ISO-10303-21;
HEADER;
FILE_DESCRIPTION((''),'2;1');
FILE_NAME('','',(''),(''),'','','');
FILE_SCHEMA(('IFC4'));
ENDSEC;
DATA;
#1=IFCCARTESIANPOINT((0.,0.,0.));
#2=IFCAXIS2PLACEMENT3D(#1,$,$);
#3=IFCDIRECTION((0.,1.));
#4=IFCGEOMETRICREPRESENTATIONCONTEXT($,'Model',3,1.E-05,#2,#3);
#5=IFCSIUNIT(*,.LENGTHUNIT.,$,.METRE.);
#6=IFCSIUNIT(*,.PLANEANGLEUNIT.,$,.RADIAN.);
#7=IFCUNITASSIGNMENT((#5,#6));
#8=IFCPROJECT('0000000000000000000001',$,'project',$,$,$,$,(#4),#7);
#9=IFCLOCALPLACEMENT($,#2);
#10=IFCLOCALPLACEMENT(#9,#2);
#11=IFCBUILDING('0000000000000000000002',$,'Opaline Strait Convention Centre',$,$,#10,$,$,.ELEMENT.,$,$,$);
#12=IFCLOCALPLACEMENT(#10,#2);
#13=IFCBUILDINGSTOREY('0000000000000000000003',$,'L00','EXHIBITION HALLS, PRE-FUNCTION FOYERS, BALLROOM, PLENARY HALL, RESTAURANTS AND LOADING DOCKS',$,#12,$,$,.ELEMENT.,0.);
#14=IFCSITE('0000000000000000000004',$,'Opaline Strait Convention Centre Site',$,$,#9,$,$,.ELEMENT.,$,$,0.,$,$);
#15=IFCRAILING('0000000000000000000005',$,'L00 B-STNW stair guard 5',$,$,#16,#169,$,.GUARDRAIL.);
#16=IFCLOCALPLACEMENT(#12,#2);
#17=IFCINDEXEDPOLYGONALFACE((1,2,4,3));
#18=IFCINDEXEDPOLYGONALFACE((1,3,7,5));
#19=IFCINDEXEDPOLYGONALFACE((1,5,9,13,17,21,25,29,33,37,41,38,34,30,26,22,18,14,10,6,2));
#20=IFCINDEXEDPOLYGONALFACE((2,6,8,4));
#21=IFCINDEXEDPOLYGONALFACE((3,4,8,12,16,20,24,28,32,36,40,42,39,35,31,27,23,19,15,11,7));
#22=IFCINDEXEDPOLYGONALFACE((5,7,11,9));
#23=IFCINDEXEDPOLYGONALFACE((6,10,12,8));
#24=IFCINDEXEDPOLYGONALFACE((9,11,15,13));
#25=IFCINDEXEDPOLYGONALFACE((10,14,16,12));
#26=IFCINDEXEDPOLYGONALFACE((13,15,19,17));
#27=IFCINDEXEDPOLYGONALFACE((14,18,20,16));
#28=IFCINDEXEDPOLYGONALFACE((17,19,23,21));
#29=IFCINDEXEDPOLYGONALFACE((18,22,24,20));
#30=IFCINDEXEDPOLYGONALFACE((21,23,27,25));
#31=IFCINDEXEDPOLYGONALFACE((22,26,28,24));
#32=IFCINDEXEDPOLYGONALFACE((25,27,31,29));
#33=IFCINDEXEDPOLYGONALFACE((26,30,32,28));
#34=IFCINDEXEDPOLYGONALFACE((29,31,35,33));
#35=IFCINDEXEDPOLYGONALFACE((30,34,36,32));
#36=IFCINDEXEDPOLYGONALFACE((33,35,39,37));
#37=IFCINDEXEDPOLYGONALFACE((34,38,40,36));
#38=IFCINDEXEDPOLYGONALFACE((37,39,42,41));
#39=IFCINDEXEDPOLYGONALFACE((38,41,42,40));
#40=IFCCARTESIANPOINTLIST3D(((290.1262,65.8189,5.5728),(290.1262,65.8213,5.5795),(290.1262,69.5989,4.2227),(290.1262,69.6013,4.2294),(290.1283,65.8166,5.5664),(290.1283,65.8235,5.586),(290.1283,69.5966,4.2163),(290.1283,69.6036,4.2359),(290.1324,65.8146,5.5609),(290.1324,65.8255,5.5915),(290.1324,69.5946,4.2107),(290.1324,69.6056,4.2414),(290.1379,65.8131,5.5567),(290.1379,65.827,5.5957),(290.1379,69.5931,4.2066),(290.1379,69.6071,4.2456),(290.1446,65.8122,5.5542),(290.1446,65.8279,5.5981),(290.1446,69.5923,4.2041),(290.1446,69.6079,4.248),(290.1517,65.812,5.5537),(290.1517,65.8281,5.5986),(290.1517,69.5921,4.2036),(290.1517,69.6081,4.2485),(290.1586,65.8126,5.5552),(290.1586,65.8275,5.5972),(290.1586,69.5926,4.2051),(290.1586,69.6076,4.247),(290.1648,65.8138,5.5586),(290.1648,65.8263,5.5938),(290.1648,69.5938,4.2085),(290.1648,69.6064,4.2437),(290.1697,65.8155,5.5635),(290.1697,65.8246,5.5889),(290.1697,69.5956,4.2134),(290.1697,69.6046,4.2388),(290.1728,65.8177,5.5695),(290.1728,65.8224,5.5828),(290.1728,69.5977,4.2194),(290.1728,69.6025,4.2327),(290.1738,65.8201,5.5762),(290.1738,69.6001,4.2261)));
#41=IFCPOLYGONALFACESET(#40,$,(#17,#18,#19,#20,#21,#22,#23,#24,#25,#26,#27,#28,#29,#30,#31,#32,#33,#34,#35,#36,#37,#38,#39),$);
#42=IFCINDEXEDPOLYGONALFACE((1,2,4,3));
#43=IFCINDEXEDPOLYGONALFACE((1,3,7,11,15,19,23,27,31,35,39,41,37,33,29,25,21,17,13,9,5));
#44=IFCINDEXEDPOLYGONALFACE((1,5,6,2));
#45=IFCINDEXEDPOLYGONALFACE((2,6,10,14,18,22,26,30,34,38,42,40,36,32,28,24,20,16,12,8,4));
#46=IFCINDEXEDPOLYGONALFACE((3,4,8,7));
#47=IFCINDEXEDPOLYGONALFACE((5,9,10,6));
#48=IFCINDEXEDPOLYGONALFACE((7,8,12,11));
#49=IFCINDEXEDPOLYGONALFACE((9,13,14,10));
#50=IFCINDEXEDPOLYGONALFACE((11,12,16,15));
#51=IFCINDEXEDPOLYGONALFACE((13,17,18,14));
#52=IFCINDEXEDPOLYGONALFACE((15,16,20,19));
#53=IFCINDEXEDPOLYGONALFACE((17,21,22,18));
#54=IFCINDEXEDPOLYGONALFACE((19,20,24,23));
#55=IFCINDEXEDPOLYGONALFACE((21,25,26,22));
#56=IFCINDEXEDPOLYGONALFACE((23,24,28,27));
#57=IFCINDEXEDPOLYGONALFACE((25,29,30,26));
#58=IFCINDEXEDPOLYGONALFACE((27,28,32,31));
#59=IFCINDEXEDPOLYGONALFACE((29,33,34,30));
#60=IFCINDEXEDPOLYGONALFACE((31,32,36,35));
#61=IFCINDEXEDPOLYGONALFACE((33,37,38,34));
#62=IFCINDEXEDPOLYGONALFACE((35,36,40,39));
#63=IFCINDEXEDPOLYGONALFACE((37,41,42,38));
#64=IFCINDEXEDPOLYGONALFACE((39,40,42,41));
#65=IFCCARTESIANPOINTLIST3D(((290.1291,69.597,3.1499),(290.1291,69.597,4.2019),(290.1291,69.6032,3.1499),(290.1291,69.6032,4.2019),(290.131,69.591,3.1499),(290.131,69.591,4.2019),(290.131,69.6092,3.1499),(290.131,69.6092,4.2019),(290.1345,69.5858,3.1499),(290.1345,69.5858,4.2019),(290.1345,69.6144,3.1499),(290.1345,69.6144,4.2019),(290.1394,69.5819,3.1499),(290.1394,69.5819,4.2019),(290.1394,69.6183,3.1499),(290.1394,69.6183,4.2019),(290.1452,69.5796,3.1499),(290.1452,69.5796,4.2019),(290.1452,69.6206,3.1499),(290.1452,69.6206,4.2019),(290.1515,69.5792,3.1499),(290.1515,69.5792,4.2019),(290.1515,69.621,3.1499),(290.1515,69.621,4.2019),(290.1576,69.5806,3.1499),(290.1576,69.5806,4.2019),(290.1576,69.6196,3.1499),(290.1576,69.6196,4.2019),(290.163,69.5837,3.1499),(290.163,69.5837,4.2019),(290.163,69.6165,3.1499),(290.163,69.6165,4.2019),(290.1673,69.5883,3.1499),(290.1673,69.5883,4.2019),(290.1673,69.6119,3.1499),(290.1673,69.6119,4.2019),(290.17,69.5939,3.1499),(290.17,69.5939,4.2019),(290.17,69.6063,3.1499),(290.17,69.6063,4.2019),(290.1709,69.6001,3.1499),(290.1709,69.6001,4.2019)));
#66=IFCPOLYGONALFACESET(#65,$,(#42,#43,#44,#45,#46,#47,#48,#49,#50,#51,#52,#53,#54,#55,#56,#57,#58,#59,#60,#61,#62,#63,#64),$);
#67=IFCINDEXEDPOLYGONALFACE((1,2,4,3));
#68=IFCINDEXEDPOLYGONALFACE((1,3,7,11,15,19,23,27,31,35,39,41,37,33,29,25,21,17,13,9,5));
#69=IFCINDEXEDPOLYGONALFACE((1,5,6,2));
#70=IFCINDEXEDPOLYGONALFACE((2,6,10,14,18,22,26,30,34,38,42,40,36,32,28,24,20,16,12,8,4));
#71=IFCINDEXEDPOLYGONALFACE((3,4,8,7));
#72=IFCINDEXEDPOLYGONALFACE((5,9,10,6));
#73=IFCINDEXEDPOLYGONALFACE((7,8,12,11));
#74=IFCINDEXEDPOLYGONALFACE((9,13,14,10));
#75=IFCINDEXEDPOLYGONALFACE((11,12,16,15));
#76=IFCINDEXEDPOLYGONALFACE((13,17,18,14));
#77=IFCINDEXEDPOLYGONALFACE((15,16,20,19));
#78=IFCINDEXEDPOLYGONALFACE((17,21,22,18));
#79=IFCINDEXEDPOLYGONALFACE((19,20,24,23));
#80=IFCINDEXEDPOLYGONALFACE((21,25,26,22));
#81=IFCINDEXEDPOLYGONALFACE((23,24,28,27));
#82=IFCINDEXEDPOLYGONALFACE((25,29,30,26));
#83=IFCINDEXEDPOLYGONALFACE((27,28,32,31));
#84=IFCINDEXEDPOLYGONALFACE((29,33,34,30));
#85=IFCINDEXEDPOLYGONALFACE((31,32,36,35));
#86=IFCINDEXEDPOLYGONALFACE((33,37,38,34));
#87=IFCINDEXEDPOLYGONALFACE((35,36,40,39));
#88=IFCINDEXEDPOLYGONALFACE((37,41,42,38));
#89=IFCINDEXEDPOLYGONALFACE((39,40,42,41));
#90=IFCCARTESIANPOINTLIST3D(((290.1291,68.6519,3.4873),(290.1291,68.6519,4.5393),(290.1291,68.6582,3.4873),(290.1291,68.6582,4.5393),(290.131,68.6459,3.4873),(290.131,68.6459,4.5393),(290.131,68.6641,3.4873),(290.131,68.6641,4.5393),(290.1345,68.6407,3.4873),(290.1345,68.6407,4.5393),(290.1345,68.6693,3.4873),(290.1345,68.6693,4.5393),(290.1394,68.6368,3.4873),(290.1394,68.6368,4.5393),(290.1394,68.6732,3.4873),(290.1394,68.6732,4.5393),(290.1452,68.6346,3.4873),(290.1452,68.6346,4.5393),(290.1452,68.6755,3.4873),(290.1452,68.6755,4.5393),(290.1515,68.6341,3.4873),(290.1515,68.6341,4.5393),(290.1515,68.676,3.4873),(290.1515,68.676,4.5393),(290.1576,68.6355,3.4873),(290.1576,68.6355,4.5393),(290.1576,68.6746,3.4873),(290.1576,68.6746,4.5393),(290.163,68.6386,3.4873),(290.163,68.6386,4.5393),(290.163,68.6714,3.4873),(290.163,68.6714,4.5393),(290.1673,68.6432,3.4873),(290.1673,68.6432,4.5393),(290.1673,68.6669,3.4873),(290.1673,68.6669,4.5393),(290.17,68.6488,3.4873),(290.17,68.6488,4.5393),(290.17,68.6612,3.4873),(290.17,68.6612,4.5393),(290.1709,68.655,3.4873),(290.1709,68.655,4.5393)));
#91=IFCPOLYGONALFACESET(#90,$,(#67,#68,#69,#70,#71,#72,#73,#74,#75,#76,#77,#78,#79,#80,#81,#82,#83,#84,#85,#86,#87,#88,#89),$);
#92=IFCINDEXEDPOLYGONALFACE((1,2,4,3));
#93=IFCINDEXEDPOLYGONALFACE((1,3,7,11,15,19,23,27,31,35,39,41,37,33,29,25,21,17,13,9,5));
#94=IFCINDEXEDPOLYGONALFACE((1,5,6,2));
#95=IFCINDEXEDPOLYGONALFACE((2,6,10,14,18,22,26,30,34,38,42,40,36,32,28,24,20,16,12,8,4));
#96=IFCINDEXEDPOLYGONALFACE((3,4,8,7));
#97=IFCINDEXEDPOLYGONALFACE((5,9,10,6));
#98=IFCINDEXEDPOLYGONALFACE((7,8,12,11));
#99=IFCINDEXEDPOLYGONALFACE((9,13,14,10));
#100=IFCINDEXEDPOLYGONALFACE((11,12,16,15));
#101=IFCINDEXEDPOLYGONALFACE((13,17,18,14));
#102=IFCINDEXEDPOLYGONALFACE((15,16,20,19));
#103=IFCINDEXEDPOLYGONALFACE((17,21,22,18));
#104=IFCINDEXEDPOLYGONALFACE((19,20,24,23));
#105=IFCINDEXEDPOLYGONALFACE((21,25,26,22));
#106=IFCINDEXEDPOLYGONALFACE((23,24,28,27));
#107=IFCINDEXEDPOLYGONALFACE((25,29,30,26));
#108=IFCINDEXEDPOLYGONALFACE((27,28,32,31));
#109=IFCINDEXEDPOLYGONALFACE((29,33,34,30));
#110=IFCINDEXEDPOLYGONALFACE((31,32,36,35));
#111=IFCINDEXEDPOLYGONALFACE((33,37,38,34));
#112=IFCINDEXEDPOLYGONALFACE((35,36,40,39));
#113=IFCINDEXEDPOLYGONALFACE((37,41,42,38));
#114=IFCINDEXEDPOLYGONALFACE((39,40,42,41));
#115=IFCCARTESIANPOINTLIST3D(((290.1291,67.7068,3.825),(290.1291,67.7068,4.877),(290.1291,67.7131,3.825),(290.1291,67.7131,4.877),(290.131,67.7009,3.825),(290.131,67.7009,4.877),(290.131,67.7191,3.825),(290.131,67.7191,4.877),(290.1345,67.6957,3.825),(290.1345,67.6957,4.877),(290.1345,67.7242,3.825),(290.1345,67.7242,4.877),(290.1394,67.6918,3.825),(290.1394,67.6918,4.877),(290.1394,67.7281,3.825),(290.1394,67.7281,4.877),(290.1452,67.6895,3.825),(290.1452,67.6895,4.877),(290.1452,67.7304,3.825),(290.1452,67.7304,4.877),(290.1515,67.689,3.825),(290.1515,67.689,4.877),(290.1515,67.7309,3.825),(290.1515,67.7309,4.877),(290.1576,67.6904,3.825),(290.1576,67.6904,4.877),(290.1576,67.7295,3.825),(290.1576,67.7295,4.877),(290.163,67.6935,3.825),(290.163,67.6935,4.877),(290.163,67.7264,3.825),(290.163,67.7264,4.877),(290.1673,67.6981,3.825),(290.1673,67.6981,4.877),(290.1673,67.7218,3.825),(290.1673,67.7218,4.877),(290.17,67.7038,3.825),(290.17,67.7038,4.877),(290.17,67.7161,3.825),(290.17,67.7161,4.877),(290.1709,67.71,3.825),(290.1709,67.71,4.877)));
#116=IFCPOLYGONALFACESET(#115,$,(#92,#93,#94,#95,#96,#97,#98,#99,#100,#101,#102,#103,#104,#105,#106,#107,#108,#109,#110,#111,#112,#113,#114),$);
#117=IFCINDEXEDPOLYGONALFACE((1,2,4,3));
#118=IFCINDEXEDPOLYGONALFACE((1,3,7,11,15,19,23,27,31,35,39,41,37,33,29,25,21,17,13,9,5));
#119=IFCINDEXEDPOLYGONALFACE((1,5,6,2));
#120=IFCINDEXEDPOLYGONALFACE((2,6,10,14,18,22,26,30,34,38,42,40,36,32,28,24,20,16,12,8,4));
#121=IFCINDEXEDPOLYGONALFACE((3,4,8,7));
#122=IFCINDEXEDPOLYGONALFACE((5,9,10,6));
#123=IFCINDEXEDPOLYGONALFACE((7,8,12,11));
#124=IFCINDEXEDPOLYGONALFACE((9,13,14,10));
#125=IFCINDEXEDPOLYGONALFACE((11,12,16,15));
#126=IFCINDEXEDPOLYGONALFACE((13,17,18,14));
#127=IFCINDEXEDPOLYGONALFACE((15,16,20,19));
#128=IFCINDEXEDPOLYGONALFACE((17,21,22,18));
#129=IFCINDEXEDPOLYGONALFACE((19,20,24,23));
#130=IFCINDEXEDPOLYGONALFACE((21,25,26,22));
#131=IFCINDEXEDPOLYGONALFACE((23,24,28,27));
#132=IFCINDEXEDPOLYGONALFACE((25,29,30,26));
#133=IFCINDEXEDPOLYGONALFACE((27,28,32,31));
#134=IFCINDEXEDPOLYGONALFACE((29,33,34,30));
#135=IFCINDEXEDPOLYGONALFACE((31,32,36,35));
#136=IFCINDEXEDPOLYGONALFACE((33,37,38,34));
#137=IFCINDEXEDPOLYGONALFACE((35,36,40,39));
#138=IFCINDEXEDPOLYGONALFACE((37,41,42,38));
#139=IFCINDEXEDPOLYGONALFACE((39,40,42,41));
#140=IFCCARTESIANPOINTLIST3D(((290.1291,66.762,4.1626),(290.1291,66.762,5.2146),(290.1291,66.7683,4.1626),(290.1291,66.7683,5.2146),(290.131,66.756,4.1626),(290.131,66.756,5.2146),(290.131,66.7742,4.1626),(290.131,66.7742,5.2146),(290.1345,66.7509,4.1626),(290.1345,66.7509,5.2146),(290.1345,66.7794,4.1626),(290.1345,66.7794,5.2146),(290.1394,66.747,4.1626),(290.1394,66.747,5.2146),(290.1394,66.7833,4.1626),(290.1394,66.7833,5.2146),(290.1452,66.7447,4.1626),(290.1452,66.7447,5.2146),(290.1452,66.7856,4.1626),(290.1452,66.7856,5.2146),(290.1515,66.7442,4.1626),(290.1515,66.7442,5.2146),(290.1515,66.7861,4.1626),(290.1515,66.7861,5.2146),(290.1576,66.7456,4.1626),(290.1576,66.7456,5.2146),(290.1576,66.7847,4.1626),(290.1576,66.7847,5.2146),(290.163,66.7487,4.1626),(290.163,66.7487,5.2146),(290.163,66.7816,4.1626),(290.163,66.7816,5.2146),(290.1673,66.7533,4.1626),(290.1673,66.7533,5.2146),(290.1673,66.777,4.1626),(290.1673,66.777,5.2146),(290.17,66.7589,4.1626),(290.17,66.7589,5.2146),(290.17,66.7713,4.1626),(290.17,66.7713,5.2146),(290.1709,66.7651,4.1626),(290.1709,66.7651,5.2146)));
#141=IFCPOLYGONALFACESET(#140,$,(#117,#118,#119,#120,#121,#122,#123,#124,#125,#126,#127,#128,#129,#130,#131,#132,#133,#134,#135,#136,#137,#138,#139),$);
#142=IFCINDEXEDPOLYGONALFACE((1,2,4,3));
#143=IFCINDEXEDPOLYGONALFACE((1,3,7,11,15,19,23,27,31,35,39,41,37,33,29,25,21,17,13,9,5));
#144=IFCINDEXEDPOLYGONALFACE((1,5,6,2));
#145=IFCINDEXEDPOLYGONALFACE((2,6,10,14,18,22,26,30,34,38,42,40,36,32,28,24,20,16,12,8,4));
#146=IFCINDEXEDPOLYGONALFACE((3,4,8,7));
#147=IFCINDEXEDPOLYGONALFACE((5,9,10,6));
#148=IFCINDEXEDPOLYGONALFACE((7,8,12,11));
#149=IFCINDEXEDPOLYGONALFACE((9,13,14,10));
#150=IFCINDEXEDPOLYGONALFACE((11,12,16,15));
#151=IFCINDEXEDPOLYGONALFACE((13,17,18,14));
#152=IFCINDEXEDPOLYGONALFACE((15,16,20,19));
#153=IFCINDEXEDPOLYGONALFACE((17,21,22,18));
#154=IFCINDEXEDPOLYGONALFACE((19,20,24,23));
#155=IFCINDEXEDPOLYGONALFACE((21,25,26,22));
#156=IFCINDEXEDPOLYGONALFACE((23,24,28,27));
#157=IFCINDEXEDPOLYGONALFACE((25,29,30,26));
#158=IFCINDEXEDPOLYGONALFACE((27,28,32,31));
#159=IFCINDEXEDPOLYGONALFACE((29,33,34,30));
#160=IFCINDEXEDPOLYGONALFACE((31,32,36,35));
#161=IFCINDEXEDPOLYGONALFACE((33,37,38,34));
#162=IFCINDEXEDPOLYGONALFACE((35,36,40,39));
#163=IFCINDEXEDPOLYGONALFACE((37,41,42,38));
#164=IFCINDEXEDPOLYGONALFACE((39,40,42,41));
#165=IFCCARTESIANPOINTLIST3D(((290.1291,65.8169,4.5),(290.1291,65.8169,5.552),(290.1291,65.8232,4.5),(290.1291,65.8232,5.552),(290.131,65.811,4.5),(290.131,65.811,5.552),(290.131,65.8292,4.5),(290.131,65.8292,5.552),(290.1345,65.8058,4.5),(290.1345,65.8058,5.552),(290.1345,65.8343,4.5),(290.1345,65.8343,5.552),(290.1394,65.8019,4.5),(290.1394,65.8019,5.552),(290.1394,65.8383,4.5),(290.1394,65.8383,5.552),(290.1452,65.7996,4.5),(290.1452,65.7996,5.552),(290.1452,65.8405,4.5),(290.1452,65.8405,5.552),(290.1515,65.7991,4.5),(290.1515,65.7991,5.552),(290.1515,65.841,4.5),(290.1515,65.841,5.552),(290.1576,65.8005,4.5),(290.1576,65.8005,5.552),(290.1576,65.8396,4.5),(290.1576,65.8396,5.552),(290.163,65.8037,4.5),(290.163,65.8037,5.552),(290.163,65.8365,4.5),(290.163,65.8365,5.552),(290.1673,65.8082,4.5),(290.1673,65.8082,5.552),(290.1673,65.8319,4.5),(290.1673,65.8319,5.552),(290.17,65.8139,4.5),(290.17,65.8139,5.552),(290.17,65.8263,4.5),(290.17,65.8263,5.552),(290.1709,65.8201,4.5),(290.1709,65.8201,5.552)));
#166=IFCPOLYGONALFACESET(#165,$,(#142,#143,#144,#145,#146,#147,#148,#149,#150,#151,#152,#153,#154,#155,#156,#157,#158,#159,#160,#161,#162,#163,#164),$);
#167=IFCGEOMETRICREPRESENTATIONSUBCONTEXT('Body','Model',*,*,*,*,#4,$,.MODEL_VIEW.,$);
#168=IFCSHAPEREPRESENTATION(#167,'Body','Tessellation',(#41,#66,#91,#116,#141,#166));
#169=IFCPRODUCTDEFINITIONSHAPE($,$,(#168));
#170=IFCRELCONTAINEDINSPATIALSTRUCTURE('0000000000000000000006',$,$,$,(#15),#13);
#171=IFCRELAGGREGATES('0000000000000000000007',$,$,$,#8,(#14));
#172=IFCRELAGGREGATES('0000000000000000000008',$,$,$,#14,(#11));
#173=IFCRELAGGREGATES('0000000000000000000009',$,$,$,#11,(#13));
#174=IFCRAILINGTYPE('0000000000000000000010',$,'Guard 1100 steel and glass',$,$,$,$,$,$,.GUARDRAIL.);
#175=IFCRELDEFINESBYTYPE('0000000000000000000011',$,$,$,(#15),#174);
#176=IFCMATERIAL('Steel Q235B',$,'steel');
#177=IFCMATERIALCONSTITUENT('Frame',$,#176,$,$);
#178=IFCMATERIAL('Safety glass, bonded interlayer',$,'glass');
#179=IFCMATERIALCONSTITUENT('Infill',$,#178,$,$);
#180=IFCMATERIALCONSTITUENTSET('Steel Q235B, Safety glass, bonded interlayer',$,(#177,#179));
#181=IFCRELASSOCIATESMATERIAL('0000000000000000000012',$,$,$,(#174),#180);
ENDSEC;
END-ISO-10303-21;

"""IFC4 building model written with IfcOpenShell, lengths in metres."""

from ifc_helpers import new_model, si_unit, direction, frame, origin, origin_2d, place, context, subcontext, project, spatial, circle, extrude, material, constituent, constituent_set, type_object, element, save


model = new_model("IFC4")

# Units and contexts
model_context = context("Model", 3, precision=1e-05, world=origin(), true_north=direction((0.0, 1.0)))
body_context = subcontext(model_context, "Body", "Model", "MODEL_VIEW")
ifc_project = project(units=[si_unit("LENGTHUNIT", "METRE"), si_unit("PLANEANGLEUNIT", "RADIAN")], contexts=[model_context])

# Site, building, storey
site_placement = place(None, origin())
site = spatial("IfcSite", under=ifc_project, at=site_placement, Name="Opaline Strait Convention Centre Site", CompositionType="ELEMENT", RefElevation=0.0)
building_placement = place(site_placement, origin())
building = spatial("IfcBuilding", under=site, at=building_placement, Name="Opaline Strait Convention Centre", CompositionType="ELEMENT")
storey_placement = place(building_placement, origin())
storey = spatial("IfcBuildingStorey", under=building, at=storey_placement, Name="L00", Description="EXHIBITION HALLS, PRE-FUNCTION FOYERS, BALLROOM, PLENARY HALL, RESTAURANTS AND LOADING DOCKS", CompositionType="ELEMENT", Elevation=0.0)

# Shared definitions
ifc_material_1 = material(Name="Steel Q235B", Category="steel")

# Railing
ifc_constituent_1 = constituent(ifc_material_1, Name="Frame")
ifc_material_2 = material(Name="Safety glass, bonded interlayer", Category="glass")
ifc_constituent_2 = constituent(ifc_material_2, Name="Infill")
ifc_constituent_set = constituent_set(constituents=[ifc_constituent_1, ifc_constituent_2], Name="Steel Q235B, Safety glass, bonded interlayer")
railing_type_1 = type_object("IfcRailingType", Name="Guard 1100 steel and glass", PredefinedType="GUARDRAIL", material=ifc_constituent_set)
railing_1_placement = place(storey_placement, frame((290.1499, 69.6001, 3.1499)))
element("IfcRailing", 1, at=railing_1_placement, inside=storey, type_object=railing_type_1, Name="L00 B-STNW stair guard 5", PredefinedType="GUARDRAIL", context=body_context, shape_type="SweptSolid", body=[
    extrude(circle(Radius=0.0239, at=origin_2d()), frame((0.0, 0.0, 1.0762), z_axis=(0.0, -0.941735, 0.336356), x_axis=(1.0, 0.0, 0.0)), (0.0, 0.0, 1.0), 4.0139),
    extrude(circle(Radius=0.021, at=origin_2d()), origin(), (0.0, 0.0, 1.0), 1.052),
    extrude(circle(Radius=0.021, at=origin_2d()), frame((0.0, -0.9451, 0.3374)), (0.0, 0.0, 1.0), 1.052),
    extrude(circle(Radius=0.021, at=origin_2d()), frame((0.0, -1.8901, 0.675)), (0.0, 0.0, 1.0), 1.052),
    extrude(circle(Radius=0.021, at=origin_2d()), frame((0.0, -2.835, 1.0127)), (0.0, 0.0, 1.0), 1.052),
    extrude(circle(Radius=0.021, at=origin_2d()), frame((0.0, -3.78, 1.3501)), (0.0, 0.0, 1.0), 1.052),
])

save(model, "model.ifc")
